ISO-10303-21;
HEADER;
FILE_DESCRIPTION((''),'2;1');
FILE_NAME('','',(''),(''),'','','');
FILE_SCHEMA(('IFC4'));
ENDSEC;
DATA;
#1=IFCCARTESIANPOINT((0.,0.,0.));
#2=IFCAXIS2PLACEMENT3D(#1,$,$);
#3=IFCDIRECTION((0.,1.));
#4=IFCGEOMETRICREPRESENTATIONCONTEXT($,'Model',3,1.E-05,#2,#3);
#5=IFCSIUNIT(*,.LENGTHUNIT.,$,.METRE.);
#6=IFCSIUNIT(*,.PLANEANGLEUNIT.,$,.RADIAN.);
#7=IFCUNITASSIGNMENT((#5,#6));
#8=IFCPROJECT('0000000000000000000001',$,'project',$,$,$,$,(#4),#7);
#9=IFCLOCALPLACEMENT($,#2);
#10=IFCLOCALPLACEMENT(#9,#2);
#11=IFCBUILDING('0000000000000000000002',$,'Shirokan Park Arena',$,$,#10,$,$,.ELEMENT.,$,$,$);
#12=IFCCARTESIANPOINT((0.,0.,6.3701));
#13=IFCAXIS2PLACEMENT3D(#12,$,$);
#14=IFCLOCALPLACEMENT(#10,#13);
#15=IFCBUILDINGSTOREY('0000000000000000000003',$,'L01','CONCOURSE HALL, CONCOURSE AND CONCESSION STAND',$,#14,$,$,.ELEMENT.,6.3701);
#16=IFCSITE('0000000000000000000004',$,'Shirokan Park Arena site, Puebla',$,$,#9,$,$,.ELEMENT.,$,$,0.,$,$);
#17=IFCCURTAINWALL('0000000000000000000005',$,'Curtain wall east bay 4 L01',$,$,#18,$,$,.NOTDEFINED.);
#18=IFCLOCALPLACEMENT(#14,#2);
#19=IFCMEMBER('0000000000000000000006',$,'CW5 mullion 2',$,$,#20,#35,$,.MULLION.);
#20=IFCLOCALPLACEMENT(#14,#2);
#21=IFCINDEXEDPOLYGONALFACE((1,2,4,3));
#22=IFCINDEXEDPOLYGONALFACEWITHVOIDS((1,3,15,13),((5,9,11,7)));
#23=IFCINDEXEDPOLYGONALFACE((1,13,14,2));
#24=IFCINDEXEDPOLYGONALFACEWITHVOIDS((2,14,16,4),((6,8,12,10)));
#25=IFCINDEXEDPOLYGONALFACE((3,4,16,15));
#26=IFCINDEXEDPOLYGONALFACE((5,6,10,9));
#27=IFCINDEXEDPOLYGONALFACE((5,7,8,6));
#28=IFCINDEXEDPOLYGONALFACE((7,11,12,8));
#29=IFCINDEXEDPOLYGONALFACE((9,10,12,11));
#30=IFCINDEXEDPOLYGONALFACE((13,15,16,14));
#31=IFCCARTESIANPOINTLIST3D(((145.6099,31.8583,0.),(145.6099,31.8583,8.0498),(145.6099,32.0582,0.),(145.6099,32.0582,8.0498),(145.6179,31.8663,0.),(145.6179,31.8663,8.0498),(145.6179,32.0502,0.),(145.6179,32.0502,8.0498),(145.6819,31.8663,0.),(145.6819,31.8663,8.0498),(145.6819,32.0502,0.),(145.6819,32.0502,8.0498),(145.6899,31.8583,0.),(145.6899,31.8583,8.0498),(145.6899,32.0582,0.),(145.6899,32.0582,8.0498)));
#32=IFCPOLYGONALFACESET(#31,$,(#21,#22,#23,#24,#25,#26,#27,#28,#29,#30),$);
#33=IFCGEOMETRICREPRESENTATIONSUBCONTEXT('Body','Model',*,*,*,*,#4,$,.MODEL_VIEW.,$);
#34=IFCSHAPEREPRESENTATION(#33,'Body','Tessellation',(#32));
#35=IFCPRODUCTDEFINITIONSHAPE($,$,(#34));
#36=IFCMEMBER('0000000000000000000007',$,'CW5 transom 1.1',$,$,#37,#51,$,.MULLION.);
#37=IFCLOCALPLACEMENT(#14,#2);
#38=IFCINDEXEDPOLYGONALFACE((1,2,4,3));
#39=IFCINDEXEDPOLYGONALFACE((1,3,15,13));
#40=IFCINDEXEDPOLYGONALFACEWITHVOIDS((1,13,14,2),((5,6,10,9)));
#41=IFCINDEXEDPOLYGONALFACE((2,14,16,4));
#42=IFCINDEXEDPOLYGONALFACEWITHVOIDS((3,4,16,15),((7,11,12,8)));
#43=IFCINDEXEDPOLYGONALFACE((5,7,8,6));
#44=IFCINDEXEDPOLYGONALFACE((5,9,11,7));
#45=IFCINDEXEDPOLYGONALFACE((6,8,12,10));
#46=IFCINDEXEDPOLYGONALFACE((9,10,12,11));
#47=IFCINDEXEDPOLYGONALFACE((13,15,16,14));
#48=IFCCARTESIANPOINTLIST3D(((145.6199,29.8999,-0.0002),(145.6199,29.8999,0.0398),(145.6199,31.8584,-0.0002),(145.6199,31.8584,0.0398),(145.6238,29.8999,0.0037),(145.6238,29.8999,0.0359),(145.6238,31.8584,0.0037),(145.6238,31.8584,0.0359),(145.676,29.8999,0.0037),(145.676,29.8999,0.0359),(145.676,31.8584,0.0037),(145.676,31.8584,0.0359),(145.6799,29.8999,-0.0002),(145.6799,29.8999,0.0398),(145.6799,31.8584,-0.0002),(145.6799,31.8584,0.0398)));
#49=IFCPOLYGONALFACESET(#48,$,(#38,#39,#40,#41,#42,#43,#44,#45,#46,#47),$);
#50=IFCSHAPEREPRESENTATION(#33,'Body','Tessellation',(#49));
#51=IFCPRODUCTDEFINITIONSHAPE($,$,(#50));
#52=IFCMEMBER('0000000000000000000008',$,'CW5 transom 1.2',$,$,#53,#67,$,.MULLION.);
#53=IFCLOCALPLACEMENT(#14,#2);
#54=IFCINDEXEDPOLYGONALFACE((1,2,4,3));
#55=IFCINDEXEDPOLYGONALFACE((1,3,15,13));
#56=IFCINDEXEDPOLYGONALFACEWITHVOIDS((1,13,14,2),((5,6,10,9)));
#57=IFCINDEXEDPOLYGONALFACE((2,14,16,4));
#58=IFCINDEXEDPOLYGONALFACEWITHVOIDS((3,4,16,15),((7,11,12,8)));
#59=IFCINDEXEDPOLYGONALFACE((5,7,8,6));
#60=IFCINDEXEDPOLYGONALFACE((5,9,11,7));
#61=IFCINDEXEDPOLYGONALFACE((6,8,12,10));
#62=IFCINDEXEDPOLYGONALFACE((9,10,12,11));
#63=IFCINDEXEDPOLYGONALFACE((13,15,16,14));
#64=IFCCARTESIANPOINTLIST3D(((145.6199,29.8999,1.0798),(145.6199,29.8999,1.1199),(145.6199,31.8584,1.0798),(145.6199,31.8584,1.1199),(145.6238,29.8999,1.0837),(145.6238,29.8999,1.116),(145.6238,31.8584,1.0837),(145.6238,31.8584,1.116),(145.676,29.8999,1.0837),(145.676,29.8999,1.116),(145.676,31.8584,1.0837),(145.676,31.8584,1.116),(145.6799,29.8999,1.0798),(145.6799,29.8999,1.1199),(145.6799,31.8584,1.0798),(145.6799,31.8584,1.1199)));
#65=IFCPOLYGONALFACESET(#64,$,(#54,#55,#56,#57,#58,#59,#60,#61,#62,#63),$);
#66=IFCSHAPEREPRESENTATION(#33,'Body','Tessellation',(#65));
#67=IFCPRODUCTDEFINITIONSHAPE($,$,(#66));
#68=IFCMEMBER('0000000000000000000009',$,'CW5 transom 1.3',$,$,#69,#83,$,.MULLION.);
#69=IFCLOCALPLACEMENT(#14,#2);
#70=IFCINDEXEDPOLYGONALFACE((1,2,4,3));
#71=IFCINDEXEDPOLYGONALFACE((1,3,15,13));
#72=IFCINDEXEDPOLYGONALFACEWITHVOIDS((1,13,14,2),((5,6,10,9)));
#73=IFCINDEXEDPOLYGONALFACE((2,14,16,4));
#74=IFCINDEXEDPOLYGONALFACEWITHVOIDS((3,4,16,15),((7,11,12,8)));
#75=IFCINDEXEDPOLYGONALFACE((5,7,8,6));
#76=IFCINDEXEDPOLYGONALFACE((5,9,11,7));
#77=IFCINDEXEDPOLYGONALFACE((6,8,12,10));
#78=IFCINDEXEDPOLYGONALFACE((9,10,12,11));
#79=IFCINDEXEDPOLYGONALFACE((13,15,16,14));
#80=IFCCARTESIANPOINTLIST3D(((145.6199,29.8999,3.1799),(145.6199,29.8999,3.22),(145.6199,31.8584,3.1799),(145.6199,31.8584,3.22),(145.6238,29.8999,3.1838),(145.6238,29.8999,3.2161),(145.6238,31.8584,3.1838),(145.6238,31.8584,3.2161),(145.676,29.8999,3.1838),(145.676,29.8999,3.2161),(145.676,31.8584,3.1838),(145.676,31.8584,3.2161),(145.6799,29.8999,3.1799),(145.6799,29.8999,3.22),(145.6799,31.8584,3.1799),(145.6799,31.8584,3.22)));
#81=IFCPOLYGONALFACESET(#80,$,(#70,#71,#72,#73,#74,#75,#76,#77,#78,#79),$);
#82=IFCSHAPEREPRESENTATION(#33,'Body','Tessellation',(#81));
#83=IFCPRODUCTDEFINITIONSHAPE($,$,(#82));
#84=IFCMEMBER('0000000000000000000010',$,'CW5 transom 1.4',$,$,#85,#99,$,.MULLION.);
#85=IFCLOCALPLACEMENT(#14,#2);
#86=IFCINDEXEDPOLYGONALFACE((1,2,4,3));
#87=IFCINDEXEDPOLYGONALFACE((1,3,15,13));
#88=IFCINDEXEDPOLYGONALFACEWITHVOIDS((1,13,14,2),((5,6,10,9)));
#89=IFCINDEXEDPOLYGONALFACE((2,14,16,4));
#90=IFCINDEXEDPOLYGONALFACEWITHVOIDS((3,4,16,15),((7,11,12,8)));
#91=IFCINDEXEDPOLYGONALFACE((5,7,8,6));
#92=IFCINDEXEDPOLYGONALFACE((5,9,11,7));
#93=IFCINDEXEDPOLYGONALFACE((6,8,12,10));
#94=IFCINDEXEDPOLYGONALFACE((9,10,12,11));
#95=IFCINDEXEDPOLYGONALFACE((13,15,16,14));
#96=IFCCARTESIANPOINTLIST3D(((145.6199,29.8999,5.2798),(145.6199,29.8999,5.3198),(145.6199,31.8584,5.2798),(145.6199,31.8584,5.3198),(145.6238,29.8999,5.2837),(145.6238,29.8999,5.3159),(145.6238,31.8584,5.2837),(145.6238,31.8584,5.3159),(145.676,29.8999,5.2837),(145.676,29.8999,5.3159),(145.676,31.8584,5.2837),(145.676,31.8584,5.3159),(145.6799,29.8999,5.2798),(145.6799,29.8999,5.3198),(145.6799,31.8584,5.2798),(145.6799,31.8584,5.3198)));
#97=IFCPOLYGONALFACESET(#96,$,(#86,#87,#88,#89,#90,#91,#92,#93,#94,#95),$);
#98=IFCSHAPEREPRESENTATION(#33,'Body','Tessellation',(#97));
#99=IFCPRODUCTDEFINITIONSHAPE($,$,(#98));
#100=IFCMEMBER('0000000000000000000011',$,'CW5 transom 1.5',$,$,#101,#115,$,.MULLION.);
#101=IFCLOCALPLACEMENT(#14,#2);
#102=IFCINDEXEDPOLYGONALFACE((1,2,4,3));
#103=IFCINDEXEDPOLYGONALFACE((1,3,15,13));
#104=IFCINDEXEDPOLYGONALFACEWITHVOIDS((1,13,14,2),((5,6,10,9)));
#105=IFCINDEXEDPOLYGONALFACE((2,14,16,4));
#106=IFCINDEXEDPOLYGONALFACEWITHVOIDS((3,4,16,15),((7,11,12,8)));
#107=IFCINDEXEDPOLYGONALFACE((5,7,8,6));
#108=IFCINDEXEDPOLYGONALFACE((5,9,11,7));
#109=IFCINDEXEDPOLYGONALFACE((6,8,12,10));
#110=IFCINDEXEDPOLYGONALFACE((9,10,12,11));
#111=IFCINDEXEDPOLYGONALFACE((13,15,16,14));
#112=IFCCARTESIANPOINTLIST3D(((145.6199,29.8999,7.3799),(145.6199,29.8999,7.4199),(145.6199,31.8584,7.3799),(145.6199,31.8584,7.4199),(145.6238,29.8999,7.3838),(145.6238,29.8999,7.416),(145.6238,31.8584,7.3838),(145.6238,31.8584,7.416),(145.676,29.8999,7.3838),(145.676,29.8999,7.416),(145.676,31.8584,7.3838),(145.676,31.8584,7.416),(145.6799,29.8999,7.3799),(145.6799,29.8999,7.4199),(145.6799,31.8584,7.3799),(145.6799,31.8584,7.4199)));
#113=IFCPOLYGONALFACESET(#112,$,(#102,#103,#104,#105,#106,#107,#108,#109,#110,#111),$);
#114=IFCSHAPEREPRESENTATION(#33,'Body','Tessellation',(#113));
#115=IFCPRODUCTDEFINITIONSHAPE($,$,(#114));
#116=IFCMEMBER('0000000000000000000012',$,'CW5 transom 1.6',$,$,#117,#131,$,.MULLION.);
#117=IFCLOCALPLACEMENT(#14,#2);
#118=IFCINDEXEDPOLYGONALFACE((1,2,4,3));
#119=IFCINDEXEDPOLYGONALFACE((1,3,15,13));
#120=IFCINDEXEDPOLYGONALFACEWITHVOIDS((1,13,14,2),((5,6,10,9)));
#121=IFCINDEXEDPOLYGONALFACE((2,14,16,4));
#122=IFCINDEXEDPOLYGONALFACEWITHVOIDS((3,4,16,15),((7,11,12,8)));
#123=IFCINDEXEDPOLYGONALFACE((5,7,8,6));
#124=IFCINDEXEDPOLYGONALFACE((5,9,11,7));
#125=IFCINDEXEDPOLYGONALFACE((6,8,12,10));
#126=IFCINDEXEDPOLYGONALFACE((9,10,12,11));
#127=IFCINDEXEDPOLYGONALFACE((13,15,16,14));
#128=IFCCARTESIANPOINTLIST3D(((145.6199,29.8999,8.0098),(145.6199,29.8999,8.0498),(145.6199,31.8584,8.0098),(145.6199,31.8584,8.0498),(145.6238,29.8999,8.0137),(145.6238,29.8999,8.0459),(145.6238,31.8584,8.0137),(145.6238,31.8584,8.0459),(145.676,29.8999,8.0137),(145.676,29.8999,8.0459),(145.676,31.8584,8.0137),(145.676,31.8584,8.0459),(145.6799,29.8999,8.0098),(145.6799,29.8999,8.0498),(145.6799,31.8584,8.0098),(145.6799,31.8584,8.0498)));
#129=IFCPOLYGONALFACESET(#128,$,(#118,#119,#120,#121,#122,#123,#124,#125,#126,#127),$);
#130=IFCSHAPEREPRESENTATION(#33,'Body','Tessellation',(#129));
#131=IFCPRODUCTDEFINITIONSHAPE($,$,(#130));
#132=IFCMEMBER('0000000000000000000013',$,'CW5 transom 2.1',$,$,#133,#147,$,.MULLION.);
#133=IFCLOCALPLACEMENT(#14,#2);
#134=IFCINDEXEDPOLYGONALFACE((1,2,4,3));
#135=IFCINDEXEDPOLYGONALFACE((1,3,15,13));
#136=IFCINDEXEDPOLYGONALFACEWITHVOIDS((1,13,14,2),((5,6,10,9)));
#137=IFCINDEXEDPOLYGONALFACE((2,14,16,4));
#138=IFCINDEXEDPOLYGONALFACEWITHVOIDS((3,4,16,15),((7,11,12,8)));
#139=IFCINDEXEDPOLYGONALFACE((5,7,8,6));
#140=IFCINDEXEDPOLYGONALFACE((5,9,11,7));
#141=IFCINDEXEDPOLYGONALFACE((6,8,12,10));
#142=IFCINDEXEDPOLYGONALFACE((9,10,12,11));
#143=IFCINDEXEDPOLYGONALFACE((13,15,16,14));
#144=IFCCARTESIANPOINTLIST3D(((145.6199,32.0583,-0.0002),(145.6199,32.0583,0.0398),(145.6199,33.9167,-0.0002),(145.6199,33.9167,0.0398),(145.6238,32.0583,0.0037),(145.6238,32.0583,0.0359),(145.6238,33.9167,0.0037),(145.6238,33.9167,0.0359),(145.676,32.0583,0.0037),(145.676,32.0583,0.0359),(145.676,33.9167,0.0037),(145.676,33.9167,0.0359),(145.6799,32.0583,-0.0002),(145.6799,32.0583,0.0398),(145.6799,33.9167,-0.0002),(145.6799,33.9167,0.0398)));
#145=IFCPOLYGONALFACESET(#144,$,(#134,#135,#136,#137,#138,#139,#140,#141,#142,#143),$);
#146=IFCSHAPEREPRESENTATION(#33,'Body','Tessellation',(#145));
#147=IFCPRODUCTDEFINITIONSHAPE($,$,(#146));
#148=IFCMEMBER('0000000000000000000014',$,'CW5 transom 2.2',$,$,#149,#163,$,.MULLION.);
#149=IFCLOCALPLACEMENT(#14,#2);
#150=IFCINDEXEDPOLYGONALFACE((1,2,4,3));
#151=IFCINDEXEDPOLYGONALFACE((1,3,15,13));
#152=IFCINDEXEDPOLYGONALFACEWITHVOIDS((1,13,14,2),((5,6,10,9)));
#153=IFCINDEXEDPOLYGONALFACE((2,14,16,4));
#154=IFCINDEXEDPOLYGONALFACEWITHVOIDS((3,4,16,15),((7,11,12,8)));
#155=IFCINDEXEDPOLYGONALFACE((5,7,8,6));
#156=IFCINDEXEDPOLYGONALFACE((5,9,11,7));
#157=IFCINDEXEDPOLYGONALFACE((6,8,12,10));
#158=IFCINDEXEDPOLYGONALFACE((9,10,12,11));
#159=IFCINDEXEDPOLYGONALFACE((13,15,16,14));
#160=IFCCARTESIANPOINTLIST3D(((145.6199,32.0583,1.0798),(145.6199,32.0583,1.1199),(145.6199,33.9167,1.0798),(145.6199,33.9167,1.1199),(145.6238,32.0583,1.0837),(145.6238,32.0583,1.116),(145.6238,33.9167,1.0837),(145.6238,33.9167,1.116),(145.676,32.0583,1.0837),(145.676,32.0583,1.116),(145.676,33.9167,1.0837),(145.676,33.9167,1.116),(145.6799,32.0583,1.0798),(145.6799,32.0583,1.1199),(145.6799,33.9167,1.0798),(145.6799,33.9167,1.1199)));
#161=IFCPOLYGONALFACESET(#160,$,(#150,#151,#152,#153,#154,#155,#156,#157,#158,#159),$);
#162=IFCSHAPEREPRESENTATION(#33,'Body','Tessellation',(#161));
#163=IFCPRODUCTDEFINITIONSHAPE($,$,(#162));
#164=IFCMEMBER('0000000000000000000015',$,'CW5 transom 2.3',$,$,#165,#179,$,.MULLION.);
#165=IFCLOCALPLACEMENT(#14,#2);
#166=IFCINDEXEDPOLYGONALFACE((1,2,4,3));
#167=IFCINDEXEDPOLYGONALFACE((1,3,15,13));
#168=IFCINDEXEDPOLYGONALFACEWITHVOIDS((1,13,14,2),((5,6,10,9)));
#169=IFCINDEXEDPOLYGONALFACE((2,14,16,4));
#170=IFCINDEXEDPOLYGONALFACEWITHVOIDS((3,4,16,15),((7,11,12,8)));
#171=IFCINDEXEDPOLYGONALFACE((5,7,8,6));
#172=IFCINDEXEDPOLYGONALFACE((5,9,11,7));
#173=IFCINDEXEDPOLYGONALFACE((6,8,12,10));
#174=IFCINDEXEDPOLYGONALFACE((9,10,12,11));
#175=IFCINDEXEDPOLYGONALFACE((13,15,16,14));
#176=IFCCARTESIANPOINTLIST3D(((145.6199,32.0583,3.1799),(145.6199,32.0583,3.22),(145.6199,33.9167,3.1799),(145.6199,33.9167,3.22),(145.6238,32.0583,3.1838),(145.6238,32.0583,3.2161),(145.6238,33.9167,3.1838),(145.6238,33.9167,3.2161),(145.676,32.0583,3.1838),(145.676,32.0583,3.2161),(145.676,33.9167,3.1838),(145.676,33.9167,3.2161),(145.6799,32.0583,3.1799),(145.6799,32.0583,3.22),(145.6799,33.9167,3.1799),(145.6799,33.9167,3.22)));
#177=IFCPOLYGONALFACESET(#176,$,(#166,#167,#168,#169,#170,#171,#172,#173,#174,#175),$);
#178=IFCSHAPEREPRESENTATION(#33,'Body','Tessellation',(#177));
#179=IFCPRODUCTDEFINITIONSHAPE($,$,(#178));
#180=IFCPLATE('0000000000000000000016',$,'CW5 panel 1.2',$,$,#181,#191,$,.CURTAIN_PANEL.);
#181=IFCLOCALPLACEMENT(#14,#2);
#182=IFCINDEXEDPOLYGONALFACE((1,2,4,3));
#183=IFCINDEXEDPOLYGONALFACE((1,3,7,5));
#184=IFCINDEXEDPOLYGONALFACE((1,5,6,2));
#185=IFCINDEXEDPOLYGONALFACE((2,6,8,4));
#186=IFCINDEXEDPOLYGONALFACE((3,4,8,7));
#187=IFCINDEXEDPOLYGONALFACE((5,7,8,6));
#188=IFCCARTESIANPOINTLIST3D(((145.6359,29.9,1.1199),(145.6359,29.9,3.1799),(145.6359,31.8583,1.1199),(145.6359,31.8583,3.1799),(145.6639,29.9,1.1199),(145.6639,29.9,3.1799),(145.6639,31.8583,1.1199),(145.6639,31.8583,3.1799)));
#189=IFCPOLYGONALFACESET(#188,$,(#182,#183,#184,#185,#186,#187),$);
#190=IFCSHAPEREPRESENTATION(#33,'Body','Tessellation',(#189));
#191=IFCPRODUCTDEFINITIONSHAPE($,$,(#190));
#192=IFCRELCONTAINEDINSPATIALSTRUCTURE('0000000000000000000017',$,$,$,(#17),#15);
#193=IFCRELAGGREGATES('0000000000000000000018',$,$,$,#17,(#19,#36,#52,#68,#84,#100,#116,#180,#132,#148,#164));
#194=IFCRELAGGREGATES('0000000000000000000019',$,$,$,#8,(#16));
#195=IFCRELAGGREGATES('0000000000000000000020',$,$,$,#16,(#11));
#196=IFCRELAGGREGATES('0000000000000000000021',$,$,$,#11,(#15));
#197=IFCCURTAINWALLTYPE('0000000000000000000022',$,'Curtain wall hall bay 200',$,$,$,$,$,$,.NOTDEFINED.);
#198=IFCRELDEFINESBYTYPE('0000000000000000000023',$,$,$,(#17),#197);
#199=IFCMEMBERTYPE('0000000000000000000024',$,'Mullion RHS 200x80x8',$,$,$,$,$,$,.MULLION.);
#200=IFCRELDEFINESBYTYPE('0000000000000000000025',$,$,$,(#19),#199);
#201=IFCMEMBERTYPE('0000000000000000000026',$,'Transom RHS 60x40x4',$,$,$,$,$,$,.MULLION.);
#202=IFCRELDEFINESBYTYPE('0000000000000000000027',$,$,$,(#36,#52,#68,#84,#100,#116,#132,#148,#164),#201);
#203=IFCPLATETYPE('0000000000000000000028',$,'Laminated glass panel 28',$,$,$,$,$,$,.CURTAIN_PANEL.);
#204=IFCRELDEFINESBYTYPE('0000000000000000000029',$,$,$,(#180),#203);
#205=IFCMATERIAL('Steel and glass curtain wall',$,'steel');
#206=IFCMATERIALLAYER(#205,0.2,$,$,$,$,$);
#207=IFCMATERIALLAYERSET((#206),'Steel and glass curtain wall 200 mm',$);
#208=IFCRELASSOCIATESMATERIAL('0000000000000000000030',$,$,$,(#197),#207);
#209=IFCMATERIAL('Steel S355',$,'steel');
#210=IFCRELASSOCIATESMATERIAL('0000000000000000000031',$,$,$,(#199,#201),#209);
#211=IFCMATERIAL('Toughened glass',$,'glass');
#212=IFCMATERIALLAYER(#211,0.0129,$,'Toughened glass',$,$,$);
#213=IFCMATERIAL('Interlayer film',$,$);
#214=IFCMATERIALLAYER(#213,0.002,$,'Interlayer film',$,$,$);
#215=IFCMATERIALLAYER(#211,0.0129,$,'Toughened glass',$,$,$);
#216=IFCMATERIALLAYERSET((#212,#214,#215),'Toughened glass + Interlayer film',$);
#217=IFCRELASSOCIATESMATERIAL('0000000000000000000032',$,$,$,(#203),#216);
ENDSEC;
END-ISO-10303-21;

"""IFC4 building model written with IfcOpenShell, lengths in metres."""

from ifc_helpers import new_model, si_unit, direction, frame, origin, origin_2d, place, context, subcontext, project, spatial, rectangle, hollow_rectangle, extrude, material, layer, layer_set, material_profile, profile_set, type_object, element, aggregate, save


model = new_model("IFC4")

# Units and contexts
model_context = context("Model", 3, precision=1e-05, world=origin(), true_north=direction((0.0, 1.0)))
body_context = subcontext(model_context, "Body", "Model", "MODEL_VIEW")
ifc_project = project(units=[si_unit("LENGTHUNIT", "METRE"), si_unit("PLANEANGLEUNIT", "RADIAN")], contexts=[model_context])

# Site, building, storey
site_placement = place(None, origin())
site = spatial("IfcSite", under=ifc_project, at=site_placement, Name="Shirokan Park Arena site, Puebla", CompositionType="ELEMENT", RefElevation=0.0)
building_placement = place(site_placement, origin())
building = spatial("IfcBuilding", under=site, at=building_placement, Name="Shirokan Park Arena", CompositionType="ELEMENT")
storey_placement = place(building_placement, frame((0.0, 0.0, 6.3701)))
storey = spatial("IfcBuildingStorey", under=building, at=storey_placement, Name="L01", Description="CONCOURSE HALL, CONCOURSE AND CONCESSION STAND", CompositionType="ELEMENT", Elevation=6.3701)

# Curtain wall, members, plate
ifc_material_1 = material(Name="Steel and glass curtain wall", Category="steel")
ifc_layer_1 = layer(ifc_material_1, 0.2)
ifc_layer_set_1 = layer_set([ifc_layer_1], Name="Steel and glass curtain wall 200 mm")
curtain_wall_type = type_object("IfcCurtainWallType", Name="Curtain wall hall bay 200", PredefinedType="NOTDEFINED", material=ifc_layer_set_1)
curtain_wall_placement = place(storey_placement, origin())
curtain_wall = element("IfcCurtainWall", 1, at=curtain_wall_placement, inside=storey, type_object=curtain_wall_type, Name="Curtain wall east bay 4 L01", PredefinedType="NOTDEFINED")
ifc_material_2 = material(Name="Steel S355", Category="steel")
ifc_material_profile_1 = material_profile(ifc_material_2, hollow_rectangle(XDim=0.0801, YDim=0.2, WallThickness=0.0081, at=origin_2d()), Name="RHS 200x80x8")
ifc_profile_set_1 = profile_set([ifc_material_profile_1], Name="Steel S355")
member_type_1 = type_object("IfcMemberType", Name="Mullion RHS 200x80x8", PredefinedType="MULLION", material=ifc_profile_set_1)
member_1_placement = place(storey_placement, frame((145.6499, 31.9583, 0.0), z_axis=(0.0, 0.0, 1.0), x_axis=(-1.0, 0.0, 0.0)))
member_1 = element("IfcMember", 2, at=member_1_placement, type_object=member_type_1, Name="CW5 mullion 2", PredefinedType="MULLION", context=body_context, shape_type="SweptSolid", body=[
    extrude(hollow_rectangle(XDim=0.0801, YDim=0.2, WallThickness=0.0081, at=origin_2d()), origin(), (0.0, 0.0, 1.0), 8.0498),
])
ifc_material_profile_2 = material_profile(ifc_material_2, hollow_rectangle(XDim=0.0601, YDim=0.04, WallThickness=0.0039, at=origin_2d()), Name="RHS 60x40x4")
ifc_profile_set_2 = profile_set([ifc_material_profile_2], Name="Steel S355")
member_type_2 = type_object("IfcMemberType", Name="Transom RHS 60x40x4", PredefinedType="MULLION", material=ifc_profile_set_2)
member_2_placement = place(storey_placement, frame((145.6499, 29.8999, 0.0198), z_axis=(0.0, 1.0, 0.0), x_axis=(-1.0, 0.0, 0.0)))
member_2 = element("IfcMember", 3, at=member_2_placement, type_object=member_type_2, Name="CW5 transom 1.1", PredefinedType="MULLION", context=body_context, shape_type="SweptSolid", body=[
    extrude(hollow_rectangle(XDim=0.0601, YDim=0.04, WallThickness=0.0039, at=origin_2d()), origin(), (0.0, 0.0, 1.0), 1.9585),
])
member_3_placement = place(storey_placement, frame((145.6499, 29.8999, 1.0999), z_axis=(0.0, 1.0, 0.0), x_axis=(-1.0, 0.0, 0.0)))
member_3 = element("IfcMember", 4, at=member_3_placement, type_object=member_type_2, Name="CW5 transom 1.2", PredefinedType="MULLION", context=body_context, shape_type="SweptSolid", body=[
    extrude(hollow_rectangle(XDim=0.0601, YDim=0.04, WallThickness=0.0039, at=origin_2d()), origin(), (0.0, 0.0, 1.0), 1.9585),
])
member_4_placement = place(storey_placement, frame((145.6499, 29.8999, 3.2), z_axis=(0.0, 1.0, 0.0), x_axis=(-1.0, 0.0, 0.0)))
member_4 = element("IfcMember", 5, at=member_4_placement, type_object=member_type_2, Name="CW5 transom 1.3", PredefinedType="MULLION", context=body_context, shape_type="SweptSolid", body=[
    extrude(hollow_rectangle(XDim=0.0601, YDim=0.04, WallThickness=0.0039, at=origin_2d()), origin(), (0.0, 0.0, 1.0), 1.9585),
])
member_5_placement = place(storey_placement, frame((145.6499, 29.8999, 5.2998), z_axis=(0.0, 1.0, 0.0), x_axis=(-1.0, 0.0, 0.0)))
member_5 = element("IfcMember", 6, at=member_5_placement, type_object=member_type_2, Name="CW5 transom 1.4", PredefinedType="MULLION", context=body_context, shape_type="SweptSolid", body=[
    extrude(hollow_rectangle(XDim=0.0601, YDim=0.04, WallThickness=0.0039, at=origin_2d()), origin(), (0.0, 0.0, 1.0), 1.9585),
])
member_6_placement = place(storey_placement, frame((145.6499, 29.8999, 7.3999), z_axis=(0.0, 1.0, 0.0), x_axis=(-1.0, 0.0, 0.0)))
member_6 = element("IfcMember", 7, at=member_6_placement, type_object=member_type_2, Name="CW5 transom 1.5", PredefinedType="MULLION", context=body_context, shape_type="SweptSolid", body=[
    extrude(hollow_rectangle(XDim=0.0601, YDim=0.04, WallThickness=0.0039, at=origin_2d()), origin(), (0.0, 0.0, 1.0), 1.9585),
])
member_7_placement = place(storey_placement, frame((145.6499, 29.8999, 8.0298), z_axis=(0.0, 1.0, 0.0), x_axis=(-1.0, 0.0, 0.0)))
member_7 = element("IfcMember", 8, at=member_7_placement, type_object=member_type_2, Name="CW5 transom 1.6", PredefinedType="MULLION", context=body_context, shape_type="SweptSolid", body=[
    extrude(hollow_rectangle(XDim=0.0601, YDim=0.04, WallThickness=0.0039, at=origin_2d()), origin(), (0.0, 0.0, 1.0), 1.9585),
])
member_8_placement = place(storey_placement, frame((145.6499, 32.0583, 0.0198), z_axis=(0.0, 1.0, 0.0), x_axis=(-1.0, 0.0, 0.0)))
member_8 = element("IfcMember", 9, at=member_8_placement, type_object=member_type_2, Name="CW5 transom 2.1", PredefinedType="MULLION", context=body_context, shape_type="SweptSolid", body=[
    extrude(hollow_rectangle(XDim=0.0601, YDim=0.04, WallThickness=0.0039, at=origin_2d()), origin(), (0.0, 0.0, 1.0), 1.8584),
])
member_9_placement = place(storey_placement, frame((145.6499, 32.0583, 1.0999), z_axis=(0.0, 1.0, 0.0), x_axis=(-1.0, 0.0, 0.0)))
member_9 = element("IfcMember", 10, at=member_9_placement, type_object=member_type_2, Name="CW5 transom 2.2", PredefinedType="MULLION", context=body_context, shape_type="SweptSolid", body=[
    extrude(hollow_rectangle(XDim=0.0601, YDim=0.04, WallThickness=0.0039, at=origin_2d()), origin(), (0.0, 0.0, 1.0), 1.8584),
])
member_10_placement = place(storey_placement, frame((145.6499, 32.0583, 3.2), z_axis=(0.0, 1.0, 0.0), x_axis=(-1.0, 0.0, 0.0)))
member_10 = element("IfcMember", 11, at=member_10_placement, type_object=member_type_2, Name="CW5 transom 2.3", PredefinedType="MULLION", context=body_context, shape_type="SweptSolid", body=[
    extrude(hollow_rectangle(XDim=0.0601, YDim=0.04, WallThickness=0.0039, at=origin_2d()), origin(), (0.0, 0.0, 1.0), 1.8584),
])
ifc_material_3 = material(Name="Toughened glass", Category="glass")
ifc_layer_2 = layer(ifc_material_3, 0.0129, Name="Toughened glass")
ifc_material_4 = material(Name="Interlayer film")
ifc_layer_3 = layer(ifc_material_4, 0.002, Name="Interlayer film")
ifc_layer_4 = layer(ifc_material_3, 0.0129, Name="Toughened glass")
ifc_layer_set_2 = layer_set([ifc_layer_2, ifc_layer_3, ifc_layer_4], Name="Toughened glass + Interlayer film")
plate_type_1 = type_object("IfcPlateType", Name="Laminated glass panel 28", PredefinedType="CURTAIN_PANEL", material=ifc_layer_set_2)
plate_1_placement = place(storey_placement, frame((145.6499, 30.8792, 1.1199), z_axis=(0.0, 0.0, 1.0), x_axis=(0.0, 1.0, 0.0)))
plate_1 = element("IfcPlate", 12, at=plate_1_placement, type_object=plate_type_1, Name="CW5 panel 1.2", PredefinedType="CURTAIN_PANEL", context=body_context, shape_type="SweptSolid", body=[
    extrude(rectangle(XDim=1.9583, YDim=0.0281, at=origin_2d()), origin(), (0.0, 0.0, 1.0), 2.0601),
])
aggregate(curtain_wall, [member_1, member_2, member_3, member_4, member_5, member_6, member_7, plate_1, member_8, member_9, member_10])

save(model, "model.ifc")
